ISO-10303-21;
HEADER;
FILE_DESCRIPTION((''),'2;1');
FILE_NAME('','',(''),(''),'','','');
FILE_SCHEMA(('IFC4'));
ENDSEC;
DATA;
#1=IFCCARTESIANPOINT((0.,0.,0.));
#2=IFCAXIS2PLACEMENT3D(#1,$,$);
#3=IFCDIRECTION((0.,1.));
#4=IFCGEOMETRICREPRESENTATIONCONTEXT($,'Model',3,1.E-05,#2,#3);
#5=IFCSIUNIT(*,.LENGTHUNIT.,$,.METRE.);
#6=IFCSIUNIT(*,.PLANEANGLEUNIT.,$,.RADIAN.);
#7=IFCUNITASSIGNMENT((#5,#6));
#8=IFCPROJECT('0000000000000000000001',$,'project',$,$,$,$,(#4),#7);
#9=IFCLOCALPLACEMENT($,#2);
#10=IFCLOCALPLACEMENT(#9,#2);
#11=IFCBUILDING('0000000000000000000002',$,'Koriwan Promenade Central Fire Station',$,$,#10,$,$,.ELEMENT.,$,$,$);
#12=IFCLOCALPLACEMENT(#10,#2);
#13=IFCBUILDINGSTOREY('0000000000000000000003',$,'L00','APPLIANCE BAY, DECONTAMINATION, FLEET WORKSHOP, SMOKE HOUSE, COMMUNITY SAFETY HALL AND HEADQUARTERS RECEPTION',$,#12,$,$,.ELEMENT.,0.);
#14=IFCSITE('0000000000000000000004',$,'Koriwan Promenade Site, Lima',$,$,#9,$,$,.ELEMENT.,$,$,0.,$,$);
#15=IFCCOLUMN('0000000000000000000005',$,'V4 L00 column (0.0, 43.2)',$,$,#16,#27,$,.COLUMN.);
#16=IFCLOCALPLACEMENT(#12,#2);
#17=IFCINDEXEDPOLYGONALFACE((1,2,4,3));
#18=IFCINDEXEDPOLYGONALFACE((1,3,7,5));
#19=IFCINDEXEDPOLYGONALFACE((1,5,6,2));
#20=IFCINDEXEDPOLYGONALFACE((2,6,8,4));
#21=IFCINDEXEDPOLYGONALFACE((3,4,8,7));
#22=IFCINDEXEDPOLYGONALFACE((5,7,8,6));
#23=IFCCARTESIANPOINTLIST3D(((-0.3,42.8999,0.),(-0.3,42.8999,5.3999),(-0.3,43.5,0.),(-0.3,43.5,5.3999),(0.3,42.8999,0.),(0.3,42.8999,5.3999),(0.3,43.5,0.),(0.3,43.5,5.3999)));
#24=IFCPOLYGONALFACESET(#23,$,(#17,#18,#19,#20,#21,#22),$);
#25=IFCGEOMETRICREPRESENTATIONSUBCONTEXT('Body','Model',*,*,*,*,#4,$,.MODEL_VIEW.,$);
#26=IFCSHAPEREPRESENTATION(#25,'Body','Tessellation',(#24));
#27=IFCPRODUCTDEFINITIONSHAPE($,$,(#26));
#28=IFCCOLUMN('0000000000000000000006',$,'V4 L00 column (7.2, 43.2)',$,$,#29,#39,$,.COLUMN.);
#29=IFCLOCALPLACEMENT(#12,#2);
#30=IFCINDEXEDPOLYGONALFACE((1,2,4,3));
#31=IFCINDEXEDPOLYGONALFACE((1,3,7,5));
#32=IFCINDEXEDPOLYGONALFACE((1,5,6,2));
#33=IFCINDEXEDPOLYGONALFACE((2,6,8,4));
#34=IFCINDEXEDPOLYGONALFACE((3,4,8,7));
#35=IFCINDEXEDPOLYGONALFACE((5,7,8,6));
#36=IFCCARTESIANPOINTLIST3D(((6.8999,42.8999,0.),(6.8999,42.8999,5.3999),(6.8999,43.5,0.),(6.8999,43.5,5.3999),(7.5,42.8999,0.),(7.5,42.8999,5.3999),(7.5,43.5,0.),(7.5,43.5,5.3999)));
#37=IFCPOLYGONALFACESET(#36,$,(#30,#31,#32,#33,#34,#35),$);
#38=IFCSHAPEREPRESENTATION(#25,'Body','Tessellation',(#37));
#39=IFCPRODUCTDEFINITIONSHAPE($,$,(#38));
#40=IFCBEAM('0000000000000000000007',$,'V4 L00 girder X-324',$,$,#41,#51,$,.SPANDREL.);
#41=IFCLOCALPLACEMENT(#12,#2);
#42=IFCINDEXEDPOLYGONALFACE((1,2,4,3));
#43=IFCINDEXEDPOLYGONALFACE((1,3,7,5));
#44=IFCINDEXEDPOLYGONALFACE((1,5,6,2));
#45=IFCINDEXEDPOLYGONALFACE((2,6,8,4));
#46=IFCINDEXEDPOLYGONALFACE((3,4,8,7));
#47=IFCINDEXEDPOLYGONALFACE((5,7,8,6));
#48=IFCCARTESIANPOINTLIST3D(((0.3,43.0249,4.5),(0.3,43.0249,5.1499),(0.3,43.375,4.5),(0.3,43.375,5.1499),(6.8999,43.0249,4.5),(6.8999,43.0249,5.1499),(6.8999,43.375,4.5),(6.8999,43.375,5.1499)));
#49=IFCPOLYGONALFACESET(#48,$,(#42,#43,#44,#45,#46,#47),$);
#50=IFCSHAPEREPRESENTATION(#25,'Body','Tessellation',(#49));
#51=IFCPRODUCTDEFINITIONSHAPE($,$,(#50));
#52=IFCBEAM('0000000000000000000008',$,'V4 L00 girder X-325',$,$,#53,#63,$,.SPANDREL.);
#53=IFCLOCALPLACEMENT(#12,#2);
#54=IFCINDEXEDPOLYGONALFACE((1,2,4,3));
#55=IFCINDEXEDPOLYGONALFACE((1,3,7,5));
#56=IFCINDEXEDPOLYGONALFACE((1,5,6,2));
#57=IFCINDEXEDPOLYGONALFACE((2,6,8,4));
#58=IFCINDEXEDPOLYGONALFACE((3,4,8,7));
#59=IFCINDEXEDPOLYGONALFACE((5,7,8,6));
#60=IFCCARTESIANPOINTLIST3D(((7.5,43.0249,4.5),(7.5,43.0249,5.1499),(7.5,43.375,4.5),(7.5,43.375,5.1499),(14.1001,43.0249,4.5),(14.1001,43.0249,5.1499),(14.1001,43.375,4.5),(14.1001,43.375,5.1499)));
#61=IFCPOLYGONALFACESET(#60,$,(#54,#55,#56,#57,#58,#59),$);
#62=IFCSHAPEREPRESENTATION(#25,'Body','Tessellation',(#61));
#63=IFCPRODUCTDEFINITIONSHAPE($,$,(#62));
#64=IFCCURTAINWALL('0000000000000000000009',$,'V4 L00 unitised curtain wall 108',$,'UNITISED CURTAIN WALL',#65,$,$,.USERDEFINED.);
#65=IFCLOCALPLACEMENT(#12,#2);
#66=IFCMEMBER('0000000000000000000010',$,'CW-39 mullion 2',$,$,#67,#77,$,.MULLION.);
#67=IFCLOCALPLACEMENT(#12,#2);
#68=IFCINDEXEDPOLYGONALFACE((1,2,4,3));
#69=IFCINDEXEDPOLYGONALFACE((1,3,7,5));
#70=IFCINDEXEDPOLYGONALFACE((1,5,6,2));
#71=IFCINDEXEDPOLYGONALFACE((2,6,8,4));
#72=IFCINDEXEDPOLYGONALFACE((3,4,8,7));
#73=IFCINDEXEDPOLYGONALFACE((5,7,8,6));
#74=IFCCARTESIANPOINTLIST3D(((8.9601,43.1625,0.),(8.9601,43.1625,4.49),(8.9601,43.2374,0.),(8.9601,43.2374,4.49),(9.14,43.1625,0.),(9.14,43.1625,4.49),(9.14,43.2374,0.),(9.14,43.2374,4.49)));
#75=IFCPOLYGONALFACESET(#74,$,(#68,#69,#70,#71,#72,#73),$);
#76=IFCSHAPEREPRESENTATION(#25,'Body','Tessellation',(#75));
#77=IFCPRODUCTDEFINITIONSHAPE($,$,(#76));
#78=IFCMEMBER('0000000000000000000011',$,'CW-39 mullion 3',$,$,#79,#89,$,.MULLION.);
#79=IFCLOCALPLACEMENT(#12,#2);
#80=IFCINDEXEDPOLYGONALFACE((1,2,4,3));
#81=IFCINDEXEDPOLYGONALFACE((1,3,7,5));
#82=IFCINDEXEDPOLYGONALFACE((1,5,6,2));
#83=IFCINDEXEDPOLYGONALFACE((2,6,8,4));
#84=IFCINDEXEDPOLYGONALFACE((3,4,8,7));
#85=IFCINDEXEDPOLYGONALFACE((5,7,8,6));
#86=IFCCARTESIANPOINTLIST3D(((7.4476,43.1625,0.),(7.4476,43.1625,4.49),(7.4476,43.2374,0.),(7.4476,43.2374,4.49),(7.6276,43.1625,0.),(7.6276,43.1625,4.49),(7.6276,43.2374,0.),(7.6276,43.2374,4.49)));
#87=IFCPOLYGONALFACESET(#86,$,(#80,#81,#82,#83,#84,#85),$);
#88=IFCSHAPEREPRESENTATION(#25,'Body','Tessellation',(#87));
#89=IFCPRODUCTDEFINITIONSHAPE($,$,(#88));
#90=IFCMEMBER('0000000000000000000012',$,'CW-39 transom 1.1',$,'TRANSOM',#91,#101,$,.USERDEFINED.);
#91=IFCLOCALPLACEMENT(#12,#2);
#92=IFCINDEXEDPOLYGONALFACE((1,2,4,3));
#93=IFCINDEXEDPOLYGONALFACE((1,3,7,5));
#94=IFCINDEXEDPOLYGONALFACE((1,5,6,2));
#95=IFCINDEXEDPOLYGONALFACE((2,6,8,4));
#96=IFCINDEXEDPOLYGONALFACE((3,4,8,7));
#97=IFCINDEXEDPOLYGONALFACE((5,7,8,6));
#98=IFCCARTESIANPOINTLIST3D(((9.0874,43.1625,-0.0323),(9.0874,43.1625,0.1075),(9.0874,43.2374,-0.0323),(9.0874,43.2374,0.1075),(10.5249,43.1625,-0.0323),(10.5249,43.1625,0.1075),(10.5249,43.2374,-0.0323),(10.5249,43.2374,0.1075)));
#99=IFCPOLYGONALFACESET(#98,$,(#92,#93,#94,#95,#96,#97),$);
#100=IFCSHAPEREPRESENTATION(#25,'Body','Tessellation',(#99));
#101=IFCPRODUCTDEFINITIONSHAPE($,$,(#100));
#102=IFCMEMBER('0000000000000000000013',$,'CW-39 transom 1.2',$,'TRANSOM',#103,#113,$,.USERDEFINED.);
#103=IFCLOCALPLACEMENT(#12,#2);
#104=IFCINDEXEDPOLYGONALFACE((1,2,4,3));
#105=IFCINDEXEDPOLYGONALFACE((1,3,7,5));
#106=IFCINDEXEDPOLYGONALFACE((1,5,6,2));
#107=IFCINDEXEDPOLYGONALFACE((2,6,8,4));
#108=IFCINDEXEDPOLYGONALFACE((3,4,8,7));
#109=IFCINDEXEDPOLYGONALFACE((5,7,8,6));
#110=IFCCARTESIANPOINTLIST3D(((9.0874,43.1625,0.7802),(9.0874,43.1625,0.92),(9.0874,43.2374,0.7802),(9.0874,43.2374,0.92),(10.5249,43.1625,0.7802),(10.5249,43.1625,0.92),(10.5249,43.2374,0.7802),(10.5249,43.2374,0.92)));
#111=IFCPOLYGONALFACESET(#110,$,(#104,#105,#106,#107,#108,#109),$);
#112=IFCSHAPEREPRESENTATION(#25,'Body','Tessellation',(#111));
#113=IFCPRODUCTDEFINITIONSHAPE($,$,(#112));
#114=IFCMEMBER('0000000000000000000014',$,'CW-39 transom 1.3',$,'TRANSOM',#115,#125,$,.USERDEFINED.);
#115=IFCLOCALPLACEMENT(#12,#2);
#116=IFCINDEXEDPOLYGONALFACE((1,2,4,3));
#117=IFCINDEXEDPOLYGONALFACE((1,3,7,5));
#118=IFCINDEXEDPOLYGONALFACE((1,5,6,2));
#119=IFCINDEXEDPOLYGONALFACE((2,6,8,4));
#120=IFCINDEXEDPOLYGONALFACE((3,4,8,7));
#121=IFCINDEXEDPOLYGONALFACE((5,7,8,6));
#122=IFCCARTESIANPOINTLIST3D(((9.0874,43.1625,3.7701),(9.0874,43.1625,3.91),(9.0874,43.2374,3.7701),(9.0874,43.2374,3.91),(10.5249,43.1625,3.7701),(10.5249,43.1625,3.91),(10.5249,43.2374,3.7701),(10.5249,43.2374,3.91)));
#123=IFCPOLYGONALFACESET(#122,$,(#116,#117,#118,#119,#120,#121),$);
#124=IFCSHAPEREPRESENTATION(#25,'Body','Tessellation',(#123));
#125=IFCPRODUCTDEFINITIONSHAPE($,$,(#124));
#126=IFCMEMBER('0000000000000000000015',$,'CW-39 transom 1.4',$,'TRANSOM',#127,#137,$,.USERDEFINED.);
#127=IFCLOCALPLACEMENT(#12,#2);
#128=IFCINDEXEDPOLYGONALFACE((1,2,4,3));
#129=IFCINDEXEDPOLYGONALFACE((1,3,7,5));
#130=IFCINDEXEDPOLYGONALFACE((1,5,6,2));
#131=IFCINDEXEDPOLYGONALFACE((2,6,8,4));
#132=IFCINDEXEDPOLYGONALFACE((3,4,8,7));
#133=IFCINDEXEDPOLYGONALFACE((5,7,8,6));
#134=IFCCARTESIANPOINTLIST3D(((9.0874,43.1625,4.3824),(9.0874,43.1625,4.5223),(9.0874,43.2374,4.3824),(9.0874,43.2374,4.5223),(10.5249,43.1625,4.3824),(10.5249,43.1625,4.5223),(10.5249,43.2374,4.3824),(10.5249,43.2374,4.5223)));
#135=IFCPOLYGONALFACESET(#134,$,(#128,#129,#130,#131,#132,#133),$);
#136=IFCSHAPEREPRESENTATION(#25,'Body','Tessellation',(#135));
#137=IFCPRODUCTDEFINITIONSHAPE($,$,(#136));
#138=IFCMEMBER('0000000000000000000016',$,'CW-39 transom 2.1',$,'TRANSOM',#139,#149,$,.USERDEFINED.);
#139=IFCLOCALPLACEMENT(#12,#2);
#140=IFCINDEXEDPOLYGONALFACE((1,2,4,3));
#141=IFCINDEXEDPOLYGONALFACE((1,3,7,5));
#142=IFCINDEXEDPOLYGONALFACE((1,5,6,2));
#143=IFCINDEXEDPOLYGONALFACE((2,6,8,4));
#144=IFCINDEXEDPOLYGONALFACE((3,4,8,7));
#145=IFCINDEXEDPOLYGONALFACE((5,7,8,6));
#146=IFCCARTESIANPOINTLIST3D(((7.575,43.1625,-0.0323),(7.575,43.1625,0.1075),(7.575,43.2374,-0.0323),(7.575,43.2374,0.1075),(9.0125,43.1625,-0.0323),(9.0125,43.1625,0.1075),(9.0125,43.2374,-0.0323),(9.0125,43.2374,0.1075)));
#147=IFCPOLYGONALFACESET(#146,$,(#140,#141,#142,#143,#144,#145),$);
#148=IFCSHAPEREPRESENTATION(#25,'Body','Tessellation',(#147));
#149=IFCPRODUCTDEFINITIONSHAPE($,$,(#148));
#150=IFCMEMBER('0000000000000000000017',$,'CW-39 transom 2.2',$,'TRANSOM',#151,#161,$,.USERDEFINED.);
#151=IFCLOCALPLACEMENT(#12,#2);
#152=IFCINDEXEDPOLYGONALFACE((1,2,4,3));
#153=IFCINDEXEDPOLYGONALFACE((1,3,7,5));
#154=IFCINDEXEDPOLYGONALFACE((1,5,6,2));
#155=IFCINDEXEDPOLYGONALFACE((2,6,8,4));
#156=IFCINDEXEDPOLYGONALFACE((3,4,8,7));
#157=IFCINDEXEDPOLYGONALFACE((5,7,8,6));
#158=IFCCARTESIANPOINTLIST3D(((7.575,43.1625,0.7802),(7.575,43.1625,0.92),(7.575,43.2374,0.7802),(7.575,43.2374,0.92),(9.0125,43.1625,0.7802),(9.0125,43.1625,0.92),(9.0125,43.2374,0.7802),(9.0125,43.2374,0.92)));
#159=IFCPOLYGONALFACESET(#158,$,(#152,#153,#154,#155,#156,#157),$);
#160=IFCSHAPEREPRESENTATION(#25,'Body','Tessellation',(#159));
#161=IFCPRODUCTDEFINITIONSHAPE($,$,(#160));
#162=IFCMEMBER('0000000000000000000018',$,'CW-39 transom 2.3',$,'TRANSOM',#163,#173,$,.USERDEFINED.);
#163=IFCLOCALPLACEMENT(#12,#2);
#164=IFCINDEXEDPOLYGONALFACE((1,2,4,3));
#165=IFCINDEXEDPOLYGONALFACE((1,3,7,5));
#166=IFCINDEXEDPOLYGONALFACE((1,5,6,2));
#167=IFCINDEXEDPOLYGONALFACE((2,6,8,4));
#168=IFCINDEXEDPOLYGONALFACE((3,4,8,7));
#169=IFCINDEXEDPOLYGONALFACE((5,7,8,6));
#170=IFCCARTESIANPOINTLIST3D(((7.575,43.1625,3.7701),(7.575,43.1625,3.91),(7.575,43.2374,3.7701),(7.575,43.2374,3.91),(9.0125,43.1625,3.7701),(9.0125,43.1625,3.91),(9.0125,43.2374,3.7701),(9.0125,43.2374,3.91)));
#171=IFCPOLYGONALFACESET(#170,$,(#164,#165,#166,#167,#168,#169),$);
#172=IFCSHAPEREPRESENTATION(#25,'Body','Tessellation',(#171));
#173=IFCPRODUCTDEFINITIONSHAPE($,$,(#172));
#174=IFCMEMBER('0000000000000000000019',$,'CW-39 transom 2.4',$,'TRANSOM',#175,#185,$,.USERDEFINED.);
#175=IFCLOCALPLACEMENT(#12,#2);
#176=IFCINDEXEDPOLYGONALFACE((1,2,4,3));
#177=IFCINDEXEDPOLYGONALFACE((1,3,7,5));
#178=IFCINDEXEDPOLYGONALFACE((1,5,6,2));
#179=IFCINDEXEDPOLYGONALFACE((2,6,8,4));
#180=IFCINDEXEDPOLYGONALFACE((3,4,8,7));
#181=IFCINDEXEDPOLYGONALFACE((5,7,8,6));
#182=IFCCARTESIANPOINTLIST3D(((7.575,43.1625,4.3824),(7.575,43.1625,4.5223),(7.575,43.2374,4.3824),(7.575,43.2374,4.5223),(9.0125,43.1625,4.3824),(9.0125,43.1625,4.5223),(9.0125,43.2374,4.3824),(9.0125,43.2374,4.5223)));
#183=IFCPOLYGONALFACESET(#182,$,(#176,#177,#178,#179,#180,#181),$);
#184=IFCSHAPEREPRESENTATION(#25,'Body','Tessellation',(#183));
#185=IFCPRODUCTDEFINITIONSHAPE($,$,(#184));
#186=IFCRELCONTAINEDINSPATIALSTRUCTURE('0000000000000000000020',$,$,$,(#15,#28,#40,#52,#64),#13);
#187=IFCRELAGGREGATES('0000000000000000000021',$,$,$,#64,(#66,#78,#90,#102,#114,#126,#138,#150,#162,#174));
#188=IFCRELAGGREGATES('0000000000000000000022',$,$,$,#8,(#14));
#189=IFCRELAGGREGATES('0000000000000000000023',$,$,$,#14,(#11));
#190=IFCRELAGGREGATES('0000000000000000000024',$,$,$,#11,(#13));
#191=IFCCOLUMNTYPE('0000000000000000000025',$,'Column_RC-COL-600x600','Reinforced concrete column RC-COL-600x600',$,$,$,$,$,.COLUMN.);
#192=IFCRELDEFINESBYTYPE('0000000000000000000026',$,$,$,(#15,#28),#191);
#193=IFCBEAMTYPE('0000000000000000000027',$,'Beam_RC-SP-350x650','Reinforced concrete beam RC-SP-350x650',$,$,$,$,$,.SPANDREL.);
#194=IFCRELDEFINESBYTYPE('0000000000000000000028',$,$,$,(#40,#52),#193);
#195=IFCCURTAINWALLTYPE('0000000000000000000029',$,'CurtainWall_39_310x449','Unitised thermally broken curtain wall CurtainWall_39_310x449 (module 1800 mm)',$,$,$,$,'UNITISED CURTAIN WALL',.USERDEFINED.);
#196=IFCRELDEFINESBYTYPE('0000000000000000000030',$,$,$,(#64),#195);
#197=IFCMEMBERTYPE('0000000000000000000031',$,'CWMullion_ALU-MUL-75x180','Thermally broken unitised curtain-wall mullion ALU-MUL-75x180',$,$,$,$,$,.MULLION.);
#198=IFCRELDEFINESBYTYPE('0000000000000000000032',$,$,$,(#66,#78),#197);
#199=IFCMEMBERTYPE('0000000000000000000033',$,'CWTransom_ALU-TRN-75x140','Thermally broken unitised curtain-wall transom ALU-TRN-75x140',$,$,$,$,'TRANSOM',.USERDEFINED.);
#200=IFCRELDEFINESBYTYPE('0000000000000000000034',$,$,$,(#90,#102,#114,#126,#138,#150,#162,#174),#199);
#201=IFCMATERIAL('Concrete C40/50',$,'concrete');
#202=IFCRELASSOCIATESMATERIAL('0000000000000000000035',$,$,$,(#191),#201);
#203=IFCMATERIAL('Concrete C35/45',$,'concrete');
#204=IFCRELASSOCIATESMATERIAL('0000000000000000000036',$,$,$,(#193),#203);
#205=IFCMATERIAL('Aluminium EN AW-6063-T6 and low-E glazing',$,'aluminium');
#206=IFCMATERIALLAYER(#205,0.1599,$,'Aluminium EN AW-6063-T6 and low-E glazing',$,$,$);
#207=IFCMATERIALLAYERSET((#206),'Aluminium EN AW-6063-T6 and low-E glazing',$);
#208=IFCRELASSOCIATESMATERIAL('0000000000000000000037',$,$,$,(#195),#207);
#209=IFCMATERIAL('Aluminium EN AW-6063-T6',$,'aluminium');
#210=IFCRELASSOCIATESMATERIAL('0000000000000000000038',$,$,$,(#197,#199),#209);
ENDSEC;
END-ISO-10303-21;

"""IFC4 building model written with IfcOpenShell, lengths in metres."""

from ifc_helpers import new_model, si_unit, direction, frame, origin, origin_2d, place, context, subcontext, project, spatial, rectangle, extrude, material, layer, layer_set, material_profile, profile_set, type_object, element, aggregate, save


model = new_model("IFC4")

# Units and contexts
model_context = context("Model", 3, precision=1e-05, world=origin(), true_north=direction((0.0, 1.0)))
body_context = subcontext(model_context, "Body", "Model", "MODEL_VIEW")
ifc_project = project(units=[si_unit("LENGTHUNIT", "METRE"), si_unit("PLANEANGLEUNIT", "RADIAN")], contexts=[model_context])

# Site, building, storey
site_placement = place(None, origin())
site = spatial("IfcSite", under=ifc_project, at=site_placement, Name="Koriwan Promenade Site, Lima", CompositionType="ELEMENT", RefElevation=0.0)
building_placement = place(site_placement, origin())
building = spatial("IfcBuilding", under=site, at=building_placement, Name="Koriwan Promenade Central Fire Station", CompositionType="ELEMENT")
storey_placement = place(building_placement, origin())
storey = spatial("IfcBuildingStorey", under=building, at=storey_placement, Name="L00", Description="APPLIANCE BAY, DECONTAMINATION, FLEET WORKSHOP, SMOKE HOUSE, COMMUNITY SAFETY HALL AND HEADQUARTERS RECEPTION", CompositionType="ELEMENT", Elevation=0.0)

# Shared definitions
ifc_material_1 = material(Name="Concrete C35/45", Category="concrete")

# Columns
ifc_material_2 = material(Name="Concrete C40/50", Category="concrete")
ifc_material_profile_1 = material_profile(ifc_material_2, rectangle(XDim=0.6001, YDim=0.6001, at=origin_2d()), Name="RC-COL-600x600")
ifc_profile_set_1 = profile_set([ifc_material_profile_1], Name="Concrete C40/50")
column_type = type_object("IfcColumnType", Name="Column_RC-COL-600x600", Description="Reinforced concrete column RC-COL-600x600", PredefinedType="COLUMN", material=ifc_profile_set_1)
for number, where, z_axis, x_axis, name in (
    (1, (0.0, 43.2, 0.0), (0.0, 0.0, 1.0), (1.0, 0.0, 0.0), "V4 L00 column (0.0, 43.2)"),
    (2, (7.2, 43.2, 0.0), (0.0, 0.0, 1.0), (1.0, 0.0, 0.0), "V4 L00 column (7.2, 43.2)"),
):
    element("IfcColumn", number, at=place(storey_placement, frame(where, z_axis=z_axis, x_axis=x_axis)), inside=storey, type_object=column_type, Name=name, PredefinedType="COLUMN", context=body_context, shape_type="SweptSolid", body=[
        extrude(rectangle(XDim=0.6001, YDim=0.6001, at=origin_2d()), origin(), (0.0, 0.0, 1.0), 5.3999),
    ])

# Beams
ifc_material_profile_2 = material_profile(ifc_material_1, rectangle(XDim=0.3501, YDim=0.6499, at=origin_2d()), Name="RC-SP-350x650")
ifc_profile_set_2 = profile_set([ifc_material_profile_2], Name="Concrete C35/45")
beam_type = type_object("IfcBeamType", Name="Beam_RC-SP-350x650", Description="Reinforced concrete beam RC-SP-350x650", PredefinedType="SPANDREL", material=ifc_profile_set_2)
beam_1_placement = place(storey_placement, frame((0.3, 43.2, 4.825), z_axis=(1.0, 0.0, 0.0), x_axis=(0.0, 1.0, 0.0)))
element("IfcBeam", 3, at=beam_1_placement, inside=storey, type_object=beam_type, Name="V4 L00 girder X-324", PredefinedType="SPANDREL", context=body_context, shape_type="SweptSolid", body=[
    extrude(rectangle(XDim=0.3501, YDim=0.6499, at=origin_2d()), origin(), (0.0, 0.0, 1.0), 6.5999),
])
beam_2_placement = place(storey_placement, frame((7.5, 43.2, 4.825), z_axis=(1.0, 0.0, 0.0), x_axis=(0.0, 1.0, 0.0)))
element("IfcBeam", 4, at=beam_2_placement, inside=storey, type_object=beam_type, Name="V4 L00 girder X-325", PredefinedType="SPANDREL", context=body_context, shape_type="SweptSolid", body=[
    extrude(rectangle(XDim=0.3501, YDim=0.6499, at=origin_2d()), origin(), (0.0, 0.0, 1.0), 6.6001),
])

# Curtain wall, members
ifc_material_3 = material(Name="Aluminium EN AW-6063-T6 and low-E glazing", Category="aluminium")
ifc_layer_1 = layer(ifc_material_3, 0.1599, Name="Aluminium EN AW-6063-T6 and low-E glazing")
ifc_layer_set_1 = layer_set([ifc_layer_1], Name="Aluminium EN AW-6063-T6 and low-E glazing")
curtain_wall_type = type_object("IfcCurtainWallType", Name="CurtainWall_39_310x449", Description="Unitised thermally broken curtain wall CurtainWall_39_310x449 (module 1800 mm)", ElementType="UNITISED CURTAIN WALL", PredefinedType="USERDEFINED", material=ifc_layer_set_1)
curtain_wall_placement = place(storey_placement, origin())
curtain_wall = element("IfcCurtainWall", 5, at=curtain_wall_placement, inside=storey, type_object=curtain_wall_type, Name="V4 L00 unitised curtain wall 108", ObjectType="UNITISED CURTAIN WALL", PredefinedType="USERDEFINED")
ifc_material_4 = material(Name="Aluminium EN AW-6063-T6", Category="aluminium")
ifc_material_profile_3 = material_profile(ifc_material_4, rectangle(XDim=0.075, YDim=0.1799, at=origin_2d()), Name="ALU-MUL-75x180")
ifc_profile_set_3 = profile_set([ifc_material_profile_3], Name="Aluminium EN AW-6063-T6")
member_type_1 = type_object("IfcMemberType", Name="CWMullion_ALU-MUL-75x180", Description="Thermally broken unitised curtain-wall mullion ALU-MUL-75x180", PredefinedType="MULLION", material=ifc_profile_set_3)
member_1_placement = place(storey_placement, frame((9.05, 43.2, 0.0), z_axis=(0.0, 0.0, 1.0), x_axis=(0.0, -1.0, 0.0)))
member_1 = element("IfcMember", 6, at=member_1_placement, type_object=member_type_1, Name="CW-39 mullion 2", PredefinedType="MULLION", context=body_context, shape_type="SweptSolid", body=[
    extrude(rectangle(XDim=0.075, YDim=0.1799, at=origin_2d()), origin(), (0.0, 0.0, 1.0), 4.49),
])
member_2_placement = place(storey_placement, frame((7.5376, 43.2, 0.0), z_axis=(0.0, 0.0, 1.0), x_axis=(0.0, -1.0, 0.0)))
member_2 = element("IfcMember", 7, at=member_2_placement, type_object=member_type_1, Name="CW-39 mullion 3", PredefinedType="MULLION", context=body_context, shape_type="SweptSolid", body=[
    extrude(rectangle(XDim=0.075, YDim=0.1799, at=origin_2d()), origin(), (0.0, 0.0, 1.0), 4.49),
])
ifc_material_profile_4 = material_profile(ifc_material_4, rectangle(XDim=0.075, YDim=0.1399, at=origin_2d()), Name="ALU-TRN-75x140")
ifc_profile_set_4 = profile_set([ifc_material_profile_4], Name="Aluminium EN AW-6063-T6")
member_type_2 = type_object("IfcMemberType", Name="CWTransom_ALU-TRN-75x140", Description="Thermally broken unitised curtain-wall transom ALU-TRN-75x140", ElementType="TRANSOM", PredefinedType="USERDEFINED", material=ifc_profile_set_4)
member_3_placement = place(storey_placement, frame((10.5249, 43.2, 0.0376), z_axis=(-1.0, 0.0, 0.0), x_axis=(0.0, -1.0, 0.0)))
member_3 = element("IfcMember", 8, at=member_3_placement, type_object=member_type_2, Name="CW-39 transom 1.1", ObjectType="TRANSOM", PredefinedType="USERDEFINED", context=body_context, shape_type="SweptSolid", body=[
    extrude(rectangle(XDim=0.075, YDim=0.1399, at=origin_2d()), origin(), (0.0, 0.0, 1.0), 1.4375),
])
member_4_placement = place(storey_placement, frame((10.5249, 43.2, 0.8501), z_axis=(-1.0, 0.0, 0.0), x_axis=(0.0, -1.0, 0.0)))
member_4 = element("IfcMember", 9, at=member_4_placement, type_object=member_type_2, Name="CW-39 transom 1.2", ObjectType="TRANSOM", PredefinedType="USERDEFINED", context=body_context, shape_type="SweptSolid", body=[
    extrude(rectangle(XDim=0.075, YDim=0.1399, at=origin_2d()), origin(), (0.0, 0.0, 1.0), 1.4375),
])
member_5_placement = place(storey_placement, frame((10.5249, 43.2, 3.8401), z_axis=(-1.0, 0.0, 0.0), x_axis=(0.0, -1.0, 0.0)))
member_5 = element("IfcMember", 10, at=member_5_placement, type_object=member_type_2, Name="CW-39 transom 1.3", ObjectType="TRANSOM", PredefinedType="USERDEFINED", context=body_context, shape_type="SweptSolid", body=[
    extrude(rectangle(XDim=0.075, YDim=0.1399, at=origin_2d()), origin(), (0.0, 0.0, 1.0), 1.4375),
])
member_6_placement = place(storey_placement, frame((10.5249, 43.2, 4.4524), z_axis=(-1.0, 0.0, 0.0), x_axis=(0.0, -1.0, 0.0)))
member_6 = element("IfcMember", 11, at=member_6_placement, type_object=member_type_2, Name="CW-39 transom 1.4", ObjectType="TRANSOM", PredefinedType="USERDEFINED", context=body_context, shape_type="SweptSolid", body=[
    extrude(rectangle(XDim=0.075, YDim=0.1399, at=origin_2d()), origin(), (0.0, 0.0, 1.0), 1.4375),
])
member_7_placement = place(storey_placement, frame((9.0125, 43.2, 0.0376), z_axis=(-1.0, 0.0, 0.0), x_axis=(0.0, -1.0, 0.0)))
member_7 = element("IfcMember", 12, at=member_7_placement, type_object=member_type_2, Name="CW-39 transom 2.1", ObjectType="TRANSOM", PredefinedType="USERDEFINED", context=body_context, shape_type="SweptSolid", body=[
    extrude(rectangle(XDim=0.075, YDim=0.1399, at=origin_2d()), origin(), (0.0, 0.0, 1.0), 1.4375),
])
member_8_placement = place(storey_placement, frame((9.0125, 43.2, 0.8501), z_axis=(-1.0, 0.0, 0.0), x_axis=(0.0, -1.0, 0.0)))
member_8 = element("IfcMember", 13, at=member_8_placement, type_object=member_type_2, Name="CW-39 transom 2.2", ObjectType="TRANSOM", PredefinedType="USERDEFINED", context=body_context, shape_type="SweptSolid", body=[
    extrude(rectangle(XDim=0.075, YDim=0.1399, at=origin_2d()), origin(), (0.0, 0.0, 1.0), 1.4375),
])
member_9_placement = place(storey_placement, frame((9.0125, 43.2, 3.8401), z_axis=(-1.0, 0.0, 0.0), x_axis=(0.0, -1.0, 0.0)))
member_9 = element("IfcMember", 14, at=member_9_placement, type_object=member_type_2, Name="CW-39 transom 2.3", ObjectType="TRANSOM", PredefinedType="USERDEFINED", context=body_context, shape_type="SweptSolid", body=[
    extrude(rectangle(XDim=0.075, YDim=0.1399, at=origin_2d()), origin(), (0.0, 0.0, 1.0), 1.4375),
])
member_10_placement = place(storey_placement, frame((9.0125, 43.2, 4.4524), z_axis=(-1.0, 0.0, 0.0), x_axis=(0.0, -1.0, 0.0)))
member_10 = element("IfcMember", 15, at=member_10_placement, type_object=member_type_2, Name="CW-39 transom 2.4", ObjectType="TRANSOM", PredefinedType="USERDEFINED", context=body_context, shape_type="SweptSolid", body=[
    extrude(rectangle(XDim=0.075, YDim=0.1399, at=origin_2d()), origin(), (0.0, 0.0, 1.0), 1.4375),
])
aggregate(curtain_wall, [member_1, member_2, member_3, member_4, member_5, member_6, member_7, member_8, member_9, member_10])

save(model, "model.ifc")
